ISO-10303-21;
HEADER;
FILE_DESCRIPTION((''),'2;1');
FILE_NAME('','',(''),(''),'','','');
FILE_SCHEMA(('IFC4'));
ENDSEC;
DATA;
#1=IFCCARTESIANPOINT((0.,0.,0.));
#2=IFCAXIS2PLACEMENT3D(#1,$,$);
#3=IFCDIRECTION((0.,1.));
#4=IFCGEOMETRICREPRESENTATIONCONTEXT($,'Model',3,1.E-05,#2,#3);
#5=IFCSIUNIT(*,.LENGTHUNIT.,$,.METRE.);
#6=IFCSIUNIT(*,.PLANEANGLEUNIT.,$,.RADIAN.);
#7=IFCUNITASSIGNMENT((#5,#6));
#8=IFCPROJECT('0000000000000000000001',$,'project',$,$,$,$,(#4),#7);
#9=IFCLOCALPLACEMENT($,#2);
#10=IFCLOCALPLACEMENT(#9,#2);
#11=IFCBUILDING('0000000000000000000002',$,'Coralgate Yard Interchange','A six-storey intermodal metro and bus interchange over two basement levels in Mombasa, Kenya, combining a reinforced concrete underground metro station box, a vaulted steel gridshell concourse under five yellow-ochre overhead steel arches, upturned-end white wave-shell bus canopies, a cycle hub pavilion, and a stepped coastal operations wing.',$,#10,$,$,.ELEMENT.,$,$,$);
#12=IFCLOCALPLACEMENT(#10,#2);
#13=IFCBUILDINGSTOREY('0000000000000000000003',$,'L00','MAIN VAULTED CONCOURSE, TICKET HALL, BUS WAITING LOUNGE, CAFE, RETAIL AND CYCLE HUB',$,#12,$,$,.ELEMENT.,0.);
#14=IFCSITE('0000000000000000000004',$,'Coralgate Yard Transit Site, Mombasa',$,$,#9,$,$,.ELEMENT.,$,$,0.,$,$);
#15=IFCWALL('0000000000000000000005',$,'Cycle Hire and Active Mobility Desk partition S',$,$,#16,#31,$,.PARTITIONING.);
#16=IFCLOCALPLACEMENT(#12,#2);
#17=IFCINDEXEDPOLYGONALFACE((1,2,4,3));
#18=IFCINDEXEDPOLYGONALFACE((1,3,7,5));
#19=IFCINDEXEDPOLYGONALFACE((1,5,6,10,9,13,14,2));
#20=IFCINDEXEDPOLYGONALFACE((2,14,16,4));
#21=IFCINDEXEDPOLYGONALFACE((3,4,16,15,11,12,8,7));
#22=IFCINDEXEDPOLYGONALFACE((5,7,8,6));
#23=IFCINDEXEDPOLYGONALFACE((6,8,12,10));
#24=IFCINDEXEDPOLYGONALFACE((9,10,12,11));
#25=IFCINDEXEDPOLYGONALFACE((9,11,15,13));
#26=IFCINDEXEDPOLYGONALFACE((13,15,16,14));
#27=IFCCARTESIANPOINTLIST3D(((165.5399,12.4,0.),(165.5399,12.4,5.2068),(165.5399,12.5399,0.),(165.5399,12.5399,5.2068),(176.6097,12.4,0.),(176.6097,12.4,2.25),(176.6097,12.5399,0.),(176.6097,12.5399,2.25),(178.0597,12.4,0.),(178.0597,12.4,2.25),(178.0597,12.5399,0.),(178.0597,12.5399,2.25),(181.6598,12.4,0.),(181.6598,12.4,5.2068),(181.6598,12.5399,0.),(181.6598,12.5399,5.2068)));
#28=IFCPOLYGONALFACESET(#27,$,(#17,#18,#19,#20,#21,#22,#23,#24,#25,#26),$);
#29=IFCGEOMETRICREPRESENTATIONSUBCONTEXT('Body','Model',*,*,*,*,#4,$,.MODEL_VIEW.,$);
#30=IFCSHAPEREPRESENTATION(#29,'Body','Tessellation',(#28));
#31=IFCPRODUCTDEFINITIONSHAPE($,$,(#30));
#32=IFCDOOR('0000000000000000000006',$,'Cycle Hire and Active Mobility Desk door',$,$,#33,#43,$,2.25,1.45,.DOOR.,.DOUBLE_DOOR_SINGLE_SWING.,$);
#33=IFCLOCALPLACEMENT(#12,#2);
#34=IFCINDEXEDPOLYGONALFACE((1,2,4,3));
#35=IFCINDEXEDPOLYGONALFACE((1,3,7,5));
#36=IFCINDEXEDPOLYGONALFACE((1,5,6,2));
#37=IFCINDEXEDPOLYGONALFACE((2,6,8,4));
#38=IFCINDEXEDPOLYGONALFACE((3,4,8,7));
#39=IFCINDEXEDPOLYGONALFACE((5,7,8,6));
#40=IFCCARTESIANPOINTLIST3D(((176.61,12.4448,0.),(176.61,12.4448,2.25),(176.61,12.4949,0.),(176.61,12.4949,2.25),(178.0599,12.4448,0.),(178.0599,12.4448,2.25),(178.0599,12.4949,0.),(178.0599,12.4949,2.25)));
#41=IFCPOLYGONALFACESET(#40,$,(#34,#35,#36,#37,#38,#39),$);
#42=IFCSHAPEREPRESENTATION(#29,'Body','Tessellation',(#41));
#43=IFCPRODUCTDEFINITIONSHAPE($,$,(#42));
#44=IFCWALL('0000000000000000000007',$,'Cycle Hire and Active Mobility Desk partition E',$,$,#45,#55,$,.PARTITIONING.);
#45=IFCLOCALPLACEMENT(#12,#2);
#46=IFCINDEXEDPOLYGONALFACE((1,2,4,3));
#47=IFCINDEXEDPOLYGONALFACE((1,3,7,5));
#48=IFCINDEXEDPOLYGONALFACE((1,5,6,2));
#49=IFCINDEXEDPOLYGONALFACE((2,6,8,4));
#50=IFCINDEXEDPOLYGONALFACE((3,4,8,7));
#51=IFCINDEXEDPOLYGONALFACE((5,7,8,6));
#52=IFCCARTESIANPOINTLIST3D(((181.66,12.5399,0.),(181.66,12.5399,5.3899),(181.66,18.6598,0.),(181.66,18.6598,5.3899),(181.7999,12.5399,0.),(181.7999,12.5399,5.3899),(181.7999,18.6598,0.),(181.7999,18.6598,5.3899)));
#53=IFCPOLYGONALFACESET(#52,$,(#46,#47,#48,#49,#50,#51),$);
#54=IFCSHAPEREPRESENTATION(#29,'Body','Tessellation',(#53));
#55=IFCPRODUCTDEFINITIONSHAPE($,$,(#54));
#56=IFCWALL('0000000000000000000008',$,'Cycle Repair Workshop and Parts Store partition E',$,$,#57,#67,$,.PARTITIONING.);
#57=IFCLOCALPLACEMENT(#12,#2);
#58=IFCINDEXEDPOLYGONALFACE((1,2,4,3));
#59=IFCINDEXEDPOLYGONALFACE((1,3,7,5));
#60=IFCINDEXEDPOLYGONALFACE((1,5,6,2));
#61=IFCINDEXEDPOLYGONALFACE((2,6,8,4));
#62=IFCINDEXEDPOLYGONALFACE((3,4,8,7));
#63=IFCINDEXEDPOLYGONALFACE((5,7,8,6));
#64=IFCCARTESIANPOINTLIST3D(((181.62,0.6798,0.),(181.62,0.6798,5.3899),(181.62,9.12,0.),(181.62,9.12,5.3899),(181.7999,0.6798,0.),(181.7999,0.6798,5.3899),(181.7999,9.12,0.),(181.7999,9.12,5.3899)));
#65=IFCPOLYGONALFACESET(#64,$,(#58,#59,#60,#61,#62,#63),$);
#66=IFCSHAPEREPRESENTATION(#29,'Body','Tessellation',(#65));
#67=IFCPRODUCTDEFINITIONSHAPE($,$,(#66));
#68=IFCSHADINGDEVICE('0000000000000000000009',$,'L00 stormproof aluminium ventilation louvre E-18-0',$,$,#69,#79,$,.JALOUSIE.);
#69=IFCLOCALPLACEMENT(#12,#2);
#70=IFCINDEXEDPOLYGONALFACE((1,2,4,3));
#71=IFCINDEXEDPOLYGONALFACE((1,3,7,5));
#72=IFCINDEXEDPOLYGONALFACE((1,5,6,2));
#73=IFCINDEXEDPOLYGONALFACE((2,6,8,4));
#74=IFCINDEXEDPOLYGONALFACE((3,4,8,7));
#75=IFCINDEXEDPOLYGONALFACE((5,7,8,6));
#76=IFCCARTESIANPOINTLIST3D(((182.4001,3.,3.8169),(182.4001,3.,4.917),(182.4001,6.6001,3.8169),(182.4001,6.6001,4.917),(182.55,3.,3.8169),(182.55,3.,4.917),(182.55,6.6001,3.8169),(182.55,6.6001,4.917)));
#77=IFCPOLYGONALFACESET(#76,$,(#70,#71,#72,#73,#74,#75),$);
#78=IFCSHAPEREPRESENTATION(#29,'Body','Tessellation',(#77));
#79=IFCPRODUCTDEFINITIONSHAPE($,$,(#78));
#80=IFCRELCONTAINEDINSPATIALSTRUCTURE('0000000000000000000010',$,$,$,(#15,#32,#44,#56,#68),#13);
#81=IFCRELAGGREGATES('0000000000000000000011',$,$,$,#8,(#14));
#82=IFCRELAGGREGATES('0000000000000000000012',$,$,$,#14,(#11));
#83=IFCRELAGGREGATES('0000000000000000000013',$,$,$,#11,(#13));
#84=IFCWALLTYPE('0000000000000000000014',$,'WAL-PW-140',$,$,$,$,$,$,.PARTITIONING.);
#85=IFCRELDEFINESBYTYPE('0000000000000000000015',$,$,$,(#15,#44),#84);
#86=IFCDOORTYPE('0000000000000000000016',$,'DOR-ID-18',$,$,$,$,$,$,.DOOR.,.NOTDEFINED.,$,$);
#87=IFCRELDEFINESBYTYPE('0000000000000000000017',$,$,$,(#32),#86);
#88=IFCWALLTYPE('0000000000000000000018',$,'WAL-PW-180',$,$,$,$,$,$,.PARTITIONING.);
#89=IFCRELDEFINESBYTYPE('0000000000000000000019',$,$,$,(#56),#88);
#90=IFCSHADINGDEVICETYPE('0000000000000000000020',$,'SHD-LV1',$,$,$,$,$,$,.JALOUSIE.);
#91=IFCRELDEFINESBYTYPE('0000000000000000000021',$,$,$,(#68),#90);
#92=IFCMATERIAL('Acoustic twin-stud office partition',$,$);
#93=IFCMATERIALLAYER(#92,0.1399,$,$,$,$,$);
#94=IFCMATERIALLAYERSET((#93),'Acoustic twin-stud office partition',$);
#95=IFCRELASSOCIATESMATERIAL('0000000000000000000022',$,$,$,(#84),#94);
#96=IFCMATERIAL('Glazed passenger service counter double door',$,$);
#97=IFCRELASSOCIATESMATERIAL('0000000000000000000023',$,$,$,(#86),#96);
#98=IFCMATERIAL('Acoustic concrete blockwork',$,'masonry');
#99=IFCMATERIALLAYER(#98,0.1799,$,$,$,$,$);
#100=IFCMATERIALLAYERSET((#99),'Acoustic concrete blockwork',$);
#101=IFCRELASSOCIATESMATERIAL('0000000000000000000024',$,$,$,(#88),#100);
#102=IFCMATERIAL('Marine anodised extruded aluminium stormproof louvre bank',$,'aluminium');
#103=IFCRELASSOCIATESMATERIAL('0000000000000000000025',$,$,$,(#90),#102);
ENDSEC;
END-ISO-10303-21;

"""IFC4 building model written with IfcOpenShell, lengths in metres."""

from ifc_helpers import new_model, si_unit, direction, frame, frame_2d, origin, origin_2d, place, context, subcontext, project, spatial, rectangle, extrude, material, layer, layer_set, type_object, element, fill, save


model = new_model("IFC4")

# Units and contexts
model_context = context("Model", 3, precision=1e-05, world=origin(), true_north=direction((0.0, 1.0)))
body_context = subcontext(model_context, "Body", "Model", "MODEL_VIEW")
ifc_project = project(units=[si_unit("LENGTHUNIT", "METRE"), si_unit("PLANEANGLEUNIT", "RADIAN")], contexts=[model_context])

# Site, building, storey
site_placement = place(None, origin())
site = spatial("IfcSite", under=ifc_project, at=site_placement, Name="Coralgate Yard Transit Site, Mombasa", CompositionType="ELEMENT", RefElevation=0.0)
building_placement = place(site_placement, origin())
building = spatial("IfcBuilding", under=site, at=building_placement, Name="Coralgate Yard Interchange", Description="A six-storey intermodal metro and bus interchange over two basement levels in Mombasa, Kenya, combining a reinforced concrete underground metro station box, a vaulted steel gridshell concourse under five yellow-ochre overhead steel arches, upturned-end white wave-shell bus canopies, a cycle hub pavilion, and a stepped coastal operations wing.", CompositionType="ELEMENT")
storey_placement = place(building_placement, origin())
storey = spatial("IfcBuildingStorey", under=building, at=storey_placement, Name="L00", Description="MAIN VAULTED CONCOURSE, TICKET HALL, BUS WAITING LOUNGE, CAFE, RETAIL AND CYCLE HUB", CompositionType="ELEMENT", Elevation=0.0)

# Wall, opening, door
ifc_material_1 = material(Name="Acoustic twin-stud office partition")
ifc_layer_1 = layer(ifc_material_1, 0.1399)
ifc_layer_set_1 = layer_set([ifc_layer_1], Name="Acoustic twin-stud office partition")
wall_type_1 = type_object("IfcWallType", Name="WAL-PW-140", PredefinedType="PARTITIONING", material=ifc_layer_set_1)
wall_1_placement = place(storey_placement, frame((181.6599, 12.47, 0.0), z_axis=(0.0, 0.0, 1.0), x_axis=(-1.0, 0.0, 0.0)))
wall_1 = element("IfcWall", 1, at=wall_1_placement, inside=storey, type_object=wall_type_1, Name="Cycle Hire and Active Mobility Desk partition S", PredefinedType="PARTITIONING", context=body_context, shape_type="SweptSolid", body=[
    extrude(rectangle(XDim=16.1199, YDim=0.1399, at=frame_2d((8.0601, 0.0))), origin(), (0.0, 0.0, 1.0), 5.2068),
])
opening_1_placement = place(wall_1_placement, frame((3.6001, 0.0, 0.0)))
opening_1 = element("IfcOpeningElement", 2, at=opening_1_placement, cuts=wall_1, PredefinedType="OPENING", context=body_context, shape_type="SweptSolid", body=[
    extrude(rectangle(XDim=1.45, YDim=2.25, at=frame_2d((0.7251, 1.125))), frame((0.0, 0.0798, 0.0), z_axis=(0.0, -1.0, 0.0), x_axis=(1.0, 0.0, 0.0)), (0.0, 0.0, 1.0), 0.1599),
])
ifc_material_2 = material(Name="Glazed passenger service counter double door")
door_type_1 = type_object("IfcDoorType", Name="DOR-ID-18", OperationType="NOTDEFINED", PredefinedType="DOOR", material=ifc_material_2)
door_1_placement = place(opening_1_placement, frame((1.45, 0.0, 0.0), z_axis=(0.0, 0.0, 1.0), x_axis=(-1.0, 0.0, 0.0)))
door_1 = element("IfcDoor", 3, at=door_1_placement, inside=storey, type_object=door_type_1, Name="Cycle Hire and Active Mobility Desk door", OperationType="DOUBLE_DOOR_SINGLE_SWING", OverallHeight=2.25, OverallWidth=1.45, PredefinedType="DOOR", context=body_context, shape_type="SweptSolid", body=[
    extrude(rectangle(XDim=1.45, YDim=2.25, at=frame_2d((0.7251, 1.125))), frame((0.0, 0.0249, 0.0), z_axis=(0.0, -1.0, 0.0), x_axis=(1.0, 0.0, 0.0)), (0.0, 0.0, 1.0), 0.05),
])
fill(opening_1, door_1)

# Walls
wall_2_placement = place(storey_placement, frame((181.73, 18.6599, 0.0), z_axis=(0.0, 0.0, 1.0), x_axis=(0.0, -1.0, 0.0)))
element("IfcWall", 4, at=wall_2_placement, inside=storey, type_object=wall_type_1, Name="Cycle Hire and Active Mobility Desk partition E", PredefinedType="PARTITIONING", context=body_context, shape_type="SweptSolid", body=[
    extrude(rectangle(XDim=6.1199, YDim=0.1399, at=frame_2d((3.0601, 0.0))), origin(), (0.0, 0.0, 1.0), 5.3899),
])
ifc_material_3 = material(Name="Acoustic concrete blockwork", Category="masonry")
ifc_layer_2 = layer(ifc_material_3, 0.1799)
ifc_layer_set_2 = layer_set([ifc_layer_2], Name="Acoustic concrete blockwork")
wall_type_2 = type_object("IfcWallType", Name="WAL-PW-180", PredefinedType="PARTITIONING", material=ifc_layer_set_2)
wall_3_placement = place(storey_placement, frame((181.71, 9.1201, 0.0), z_axis=(0.0, 0.0, 1.0), x_axis=(0.0, -1.0, 0.0)))
element("IfcWall", 5, at=wall_3_placement, inside=storey, type_object=wall_type_2, Name="Cycle Repair Workshop and Parts Store partition E", PredefinedType="PARTITIONING", context=body_context, shape_type="SweptSolid", body=[
    extrude(rectangle(XDim=8.4402, YDim=0.1799, at=frame_2d((4.2202, 0.0))), origin(), (0.0, 0.0, 1.0), 5.3899),
])

# Shading device
ifc_material_4 = material(Name="Marine anodised extruded aluminium stormproof louvre bank", Category="aluminium")
shading_device_type = type_object("IfcShadingDeviceType", Name="SHD-LV1", PredefinedType="JALOUSIE", material=ifc_material_4)
shading_device_placement = place(storey_placement, frame((182.4751, 4.8, 3.8169), z_axis=(0.0, 0.0, 1.0), x_axis=(0.0, -1.0, 0.0)))
element("IfcShadingDevice", 6, at=shading_device_placement, inside=storey, type_object=shading_device_type, Name="L00 stormproof aluminium ventilation louvre E-18-0", PredefinedType="JALOUSIE", context=body_context, shape_type="SweptSolid", body=[
    extrude(rectangle(XDim=3.6001, YDim=0.1499, at=origin_2d()), origin(), (0.0, 0.0, 1.0), 1.1001),
])

save(model, "model.ifc")
